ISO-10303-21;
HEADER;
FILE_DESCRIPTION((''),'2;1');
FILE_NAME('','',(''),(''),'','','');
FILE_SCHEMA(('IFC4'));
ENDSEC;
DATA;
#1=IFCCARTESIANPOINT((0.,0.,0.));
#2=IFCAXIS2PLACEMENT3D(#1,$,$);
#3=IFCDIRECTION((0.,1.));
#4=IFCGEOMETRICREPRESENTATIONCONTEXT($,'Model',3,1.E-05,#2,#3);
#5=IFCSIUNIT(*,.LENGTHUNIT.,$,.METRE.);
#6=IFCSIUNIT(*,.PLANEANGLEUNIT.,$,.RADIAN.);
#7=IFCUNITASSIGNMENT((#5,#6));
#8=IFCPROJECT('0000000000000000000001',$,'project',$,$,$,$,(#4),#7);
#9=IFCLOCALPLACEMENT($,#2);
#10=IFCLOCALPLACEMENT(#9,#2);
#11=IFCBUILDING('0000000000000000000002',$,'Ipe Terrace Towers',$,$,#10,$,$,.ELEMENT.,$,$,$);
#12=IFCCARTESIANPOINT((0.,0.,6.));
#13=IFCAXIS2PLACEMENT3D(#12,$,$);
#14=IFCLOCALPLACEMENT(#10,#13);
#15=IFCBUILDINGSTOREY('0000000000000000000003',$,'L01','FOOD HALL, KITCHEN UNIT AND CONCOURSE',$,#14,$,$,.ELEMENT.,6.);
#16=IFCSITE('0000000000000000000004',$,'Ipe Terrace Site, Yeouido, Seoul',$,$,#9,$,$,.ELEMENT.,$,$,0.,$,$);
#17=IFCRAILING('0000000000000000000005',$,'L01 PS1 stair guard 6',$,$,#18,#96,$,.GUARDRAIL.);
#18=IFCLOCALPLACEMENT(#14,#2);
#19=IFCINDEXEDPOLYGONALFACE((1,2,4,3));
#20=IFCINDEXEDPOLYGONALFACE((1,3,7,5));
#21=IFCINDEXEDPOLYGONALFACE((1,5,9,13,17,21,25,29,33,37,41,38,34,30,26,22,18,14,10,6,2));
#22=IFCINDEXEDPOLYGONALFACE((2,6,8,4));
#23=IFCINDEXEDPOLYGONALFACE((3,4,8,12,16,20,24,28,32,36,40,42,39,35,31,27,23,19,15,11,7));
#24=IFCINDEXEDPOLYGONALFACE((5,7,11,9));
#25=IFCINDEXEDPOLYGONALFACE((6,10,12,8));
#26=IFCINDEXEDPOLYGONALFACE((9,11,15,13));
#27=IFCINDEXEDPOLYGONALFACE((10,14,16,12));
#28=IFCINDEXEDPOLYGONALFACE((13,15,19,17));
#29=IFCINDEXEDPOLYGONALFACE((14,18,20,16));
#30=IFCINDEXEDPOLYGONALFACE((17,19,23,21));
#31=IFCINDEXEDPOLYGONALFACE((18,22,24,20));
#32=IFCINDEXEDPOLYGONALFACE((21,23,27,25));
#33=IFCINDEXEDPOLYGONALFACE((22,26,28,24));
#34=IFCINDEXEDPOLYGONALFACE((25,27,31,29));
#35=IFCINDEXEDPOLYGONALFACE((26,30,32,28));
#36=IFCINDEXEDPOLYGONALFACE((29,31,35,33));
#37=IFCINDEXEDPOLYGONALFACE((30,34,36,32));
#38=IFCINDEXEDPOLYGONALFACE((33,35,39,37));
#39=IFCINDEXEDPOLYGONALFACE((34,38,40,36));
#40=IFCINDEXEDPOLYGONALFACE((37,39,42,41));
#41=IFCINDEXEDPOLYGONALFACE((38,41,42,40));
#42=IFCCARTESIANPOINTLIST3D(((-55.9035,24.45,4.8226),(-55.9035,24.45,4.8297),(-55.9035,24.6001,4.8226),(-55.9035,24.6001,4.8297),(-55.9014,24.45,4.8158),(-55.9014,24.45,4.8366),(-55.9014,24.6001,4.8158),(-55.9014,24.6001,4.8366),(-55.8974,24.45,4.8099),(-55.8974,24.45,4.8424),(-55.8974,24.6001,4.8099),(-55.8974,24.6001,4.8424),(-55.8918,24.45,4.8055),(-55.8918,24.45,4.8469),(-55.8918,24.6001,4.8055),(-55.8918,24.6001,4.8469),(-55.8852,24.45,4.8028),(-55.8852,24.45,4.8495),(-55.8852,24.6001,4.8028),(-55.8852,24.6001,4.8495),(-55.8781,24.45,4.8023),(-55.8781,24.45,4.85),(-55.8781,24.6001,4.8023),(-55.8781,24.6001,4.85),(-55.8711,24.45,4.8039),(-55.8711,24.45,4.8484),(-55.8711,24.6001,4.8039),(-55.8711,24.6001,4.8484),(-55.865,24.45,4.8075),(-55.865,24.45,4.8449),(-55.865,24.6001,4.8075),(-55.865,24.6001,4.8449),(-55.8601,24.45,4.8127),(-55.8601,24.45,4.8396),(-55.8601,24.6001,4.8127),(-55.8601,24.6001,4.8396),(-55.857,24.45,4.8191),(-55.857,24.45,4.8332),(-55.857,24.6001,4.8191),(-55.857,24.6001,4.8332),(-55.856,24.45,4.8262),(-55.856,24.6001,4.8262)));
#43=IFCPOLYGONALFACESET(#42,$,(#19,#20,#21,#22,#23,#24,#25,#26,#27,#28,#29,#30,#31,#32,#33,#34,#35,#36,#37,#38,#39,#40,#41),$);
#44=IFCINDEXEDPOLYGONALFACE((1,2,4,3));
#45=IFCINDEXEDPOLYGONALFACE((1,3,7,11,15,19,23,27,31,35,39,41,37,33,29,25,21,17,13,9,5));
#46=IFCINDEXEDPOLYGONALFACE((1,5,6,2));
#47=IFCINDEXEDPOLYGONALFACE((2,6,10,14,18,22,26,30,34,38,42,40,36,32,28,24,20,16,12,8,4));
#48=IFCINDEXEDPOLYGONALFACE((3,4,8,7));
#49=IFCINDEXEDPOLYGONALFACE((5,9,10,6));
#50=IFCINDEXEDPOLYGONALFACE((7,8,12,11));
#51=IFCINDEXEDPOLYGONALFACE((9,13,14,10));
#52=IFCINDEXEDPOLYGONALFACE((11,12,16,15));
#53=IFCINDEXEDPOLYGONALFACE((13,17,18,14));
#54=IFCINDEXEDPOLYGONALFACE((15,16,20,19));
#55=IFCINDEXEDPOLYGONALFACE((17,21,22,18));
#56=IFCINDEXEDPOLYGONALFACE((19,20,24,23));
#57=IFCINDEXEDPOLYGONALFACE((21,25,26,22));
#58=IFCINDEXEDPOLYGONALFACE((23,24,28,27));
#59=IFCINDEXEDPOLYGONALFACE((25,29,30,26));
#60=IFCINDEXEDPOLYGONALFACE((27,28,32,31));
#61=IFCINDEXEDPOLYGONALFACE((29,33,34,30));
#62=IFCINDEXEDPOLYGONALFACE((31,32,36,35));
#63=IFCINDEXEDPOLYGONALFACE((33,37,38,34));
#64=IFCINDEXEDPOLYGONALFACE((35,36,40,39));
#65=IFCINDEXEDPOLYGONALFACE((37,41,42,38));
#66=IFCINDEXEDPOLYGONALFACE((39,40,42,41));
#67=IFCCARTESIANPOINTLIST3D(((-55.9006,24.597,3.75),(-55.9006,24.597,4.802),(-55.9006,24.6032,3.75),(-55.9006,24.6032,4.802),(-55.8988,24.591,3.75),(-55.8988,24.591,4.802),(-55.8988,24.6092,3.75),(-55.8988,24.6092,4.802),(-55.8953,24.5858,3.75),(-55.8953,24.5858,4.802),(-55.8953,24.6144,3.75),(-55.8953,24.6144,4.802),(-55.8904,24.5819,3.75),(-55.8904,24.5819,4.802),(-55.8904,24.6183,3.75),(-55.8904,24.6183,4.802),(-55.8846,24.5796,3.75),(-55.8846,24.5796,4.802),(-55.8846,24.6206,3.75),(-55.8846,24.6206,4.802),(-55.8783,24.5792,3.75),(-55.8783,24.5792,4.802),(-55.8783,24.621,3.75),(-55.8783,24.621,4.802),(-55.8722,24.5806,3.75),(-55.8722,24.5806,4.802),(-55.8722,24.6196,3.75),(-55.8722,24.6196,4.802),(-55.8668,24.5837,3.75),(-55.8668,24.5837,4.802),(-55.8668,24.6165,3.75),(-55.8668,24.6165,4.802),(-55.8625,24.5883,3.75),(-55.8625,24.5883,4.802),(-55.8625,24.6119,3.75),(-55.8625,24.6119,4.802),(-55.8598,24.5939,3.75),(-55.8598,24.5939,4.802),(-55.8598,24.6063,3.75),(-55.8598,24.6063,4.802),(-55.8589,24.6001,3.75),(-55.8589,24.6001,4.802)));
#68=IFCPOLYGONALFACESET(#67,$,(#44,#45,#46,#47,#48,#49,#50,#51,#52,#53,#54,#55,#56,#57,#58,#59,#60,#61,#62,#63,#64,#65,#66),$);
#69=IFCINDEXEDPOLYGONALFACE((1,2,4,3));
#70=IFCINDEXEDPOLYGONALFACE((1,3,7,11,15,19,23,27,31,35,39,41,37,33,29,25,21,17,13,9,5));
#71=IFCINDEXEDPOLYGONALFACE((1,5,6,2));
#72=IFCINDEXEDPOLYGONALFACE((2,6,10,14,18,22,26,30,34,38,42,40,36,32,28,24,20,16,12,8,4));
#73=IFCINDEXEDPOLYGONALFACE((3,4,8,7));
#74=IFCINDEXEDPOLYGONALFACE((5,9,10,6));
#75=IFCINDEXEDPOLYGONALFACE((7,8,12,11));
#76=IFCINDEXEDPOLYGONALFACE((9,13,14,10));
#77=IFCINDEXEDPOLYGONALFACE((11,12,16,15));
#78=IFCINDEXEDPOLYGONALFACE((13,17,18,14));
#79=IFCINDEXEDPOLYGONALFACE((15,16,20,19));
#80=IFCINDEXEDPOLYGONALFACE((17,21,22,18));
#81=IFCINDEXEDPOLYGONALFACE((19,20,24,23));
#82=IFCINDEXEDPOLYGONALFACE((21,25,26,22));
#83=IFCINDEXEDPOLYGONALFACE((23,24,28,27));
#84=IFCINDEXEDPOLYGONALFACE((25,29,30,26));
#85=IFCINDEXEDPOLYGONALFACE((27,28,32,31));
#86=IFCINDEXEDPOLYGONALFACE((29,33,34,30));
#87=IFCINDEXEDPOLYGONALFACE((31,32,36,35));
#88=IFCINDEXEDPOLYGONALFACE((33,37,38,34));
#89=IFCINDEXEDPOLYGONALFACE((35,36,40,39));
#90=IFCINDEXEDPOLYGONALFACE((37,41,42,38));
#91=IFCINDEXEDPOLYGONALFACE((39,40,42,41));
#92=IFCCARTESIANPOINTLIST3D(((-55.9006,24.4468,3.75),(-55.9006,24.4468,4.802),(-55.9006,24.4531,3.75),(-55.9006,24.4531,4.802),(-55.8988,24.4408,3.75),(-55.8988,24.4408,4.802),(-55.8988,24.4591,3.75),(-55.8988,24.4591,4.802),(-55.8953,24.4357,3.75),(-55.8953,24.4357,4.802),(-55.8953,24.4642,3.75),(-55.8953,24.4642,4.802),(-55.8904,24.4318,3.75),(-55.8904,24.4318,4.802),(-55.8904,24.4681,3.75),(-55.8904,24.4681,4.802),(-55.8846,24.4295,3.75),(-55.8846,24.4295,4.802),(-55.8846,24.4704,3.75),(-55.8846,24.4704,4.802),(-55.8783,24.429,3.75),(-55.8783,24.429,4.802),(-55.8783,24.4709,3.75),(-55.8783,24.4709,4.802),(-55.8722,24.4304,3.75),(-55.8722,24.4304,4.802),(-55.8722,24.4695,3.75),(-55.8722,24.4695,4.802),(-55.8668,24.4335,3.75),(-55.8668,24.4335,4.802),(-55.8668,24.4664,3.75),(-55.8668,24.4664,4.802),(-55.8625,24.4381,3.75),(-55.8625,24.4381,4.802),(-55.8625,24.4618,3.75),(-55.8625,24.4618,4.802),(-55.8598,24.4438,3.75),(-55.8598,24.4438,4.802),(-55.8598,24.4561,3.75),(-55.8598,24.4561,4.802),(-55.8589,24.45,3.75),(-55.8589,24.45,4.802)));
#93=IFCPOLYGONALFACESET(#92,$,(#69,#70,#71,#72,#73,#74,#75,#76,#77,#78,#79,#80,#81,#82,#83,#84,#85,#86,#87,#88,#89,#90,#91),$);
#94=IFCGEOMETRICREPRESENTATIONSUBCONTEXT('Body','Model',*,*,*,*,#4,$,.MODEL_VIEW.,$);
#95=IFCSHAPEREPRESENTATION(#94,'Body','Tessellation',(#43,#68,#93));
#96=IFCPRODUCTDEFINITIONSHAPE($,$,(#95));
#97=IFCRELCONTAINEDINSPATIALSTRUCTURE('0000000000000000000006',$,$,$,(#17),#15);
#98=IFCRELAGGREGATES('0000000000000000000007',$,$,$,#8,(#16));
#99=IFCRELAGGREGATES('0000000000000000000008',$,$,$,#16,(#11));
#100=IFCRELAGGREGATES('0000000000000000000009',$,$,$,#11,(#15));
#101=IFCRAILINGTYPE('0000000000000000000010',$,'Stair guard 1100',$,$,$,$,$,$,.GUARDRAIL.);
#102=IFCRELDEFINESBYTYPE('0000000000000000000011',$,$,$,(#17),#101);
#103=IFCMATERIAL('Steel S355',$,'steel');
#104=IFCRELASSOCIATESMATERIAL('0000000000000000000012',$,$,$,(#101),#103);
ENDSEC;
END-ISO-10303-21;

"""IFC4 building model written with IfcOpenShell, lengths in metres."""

from ifc_helpers import new_model, si_unit, direction, frame, origin, origin_2d, place, context, subcontext, project, spatial, circle, extrude, material, type_object, element, save


model = new_model("IFC4")

# Units and contexts
model_context = context("Model", 3, precision=1e-05, world=origin(), true_north=direction((0.0, 1.0)))
body_context = subcontext(model_context, "Body", "Model", "MODEL_VIEW")
ifc_project = project(units=[si_unit("LENGTHUNIT", "METRE"), si_unit("PLANEANGLEUNIT", "RADIAN")], contexts=[model_context])

# Site, building, storey
site_placement = place(None, origin())
site = spatial("IfcSite", under=ifc_project, at=site_placement, Name="Ipe Terrace Site, Yeouido, Seoul", CompositionType="ELEMENT", RefElevation=0.0)
building_placement = place(site_placement, origin())
building = spatial("IfcBuilding", under=site, at=building_placement, Name="Ipe Terrace Towers", CompositionType="ELEMENT")
storey_placement = place(building_placement, frame((0.0, 0.0, 6.0)))
storey = spatial("IfcBuildingStorey", under=building, at=storey_placement, Name="L01", Description="FOOD HALL, KITCHEN UNIT AND CONCOURSE", CompositionType="ELEMENT", Elevation=6.0)

# Railing
ifc_material_1 = material(Name="Steel S355", Category="steel")
railing_type = type_object("IfcRailingType", Name="Stair guard 1100", PredefinedType="GUARDRAIL", material=ifc_material_1)
for number, where, name in (
    (1, (-55.8799, 24.6001, 3.75), "L01 PS1 stair guard 6"),
):
    element("IfcRailing", number, at=place(storey_placement, frame(where)), inside=storey, type_object=railing_type, Name=name, PredefinedType="GUARDRAIL", context=body_context, shape_type="SweptSolid", body=[
        extrude(circle(Radius=0.0239, at=origin_2d()), frame((0.0, 0.0, 1.0762), z_axis=(0.0, -1.0, 0.0), x_axis=(1.0, 0.0, 0.0)), (0.0, 0.0, 1.0), 0.1501),
        extrude(circle(Radius=0.021, at=origin_2d()), origin(), (0.0, 0.0, 1.0), 1.052),
        extrude(circle(Radius=0.021, at=origin_2d()), frame((0.0, -0.1501, 0.0)), (0.0, 0.0, 1.0), 1.052),
    ])

save(model, "model.ifc")
